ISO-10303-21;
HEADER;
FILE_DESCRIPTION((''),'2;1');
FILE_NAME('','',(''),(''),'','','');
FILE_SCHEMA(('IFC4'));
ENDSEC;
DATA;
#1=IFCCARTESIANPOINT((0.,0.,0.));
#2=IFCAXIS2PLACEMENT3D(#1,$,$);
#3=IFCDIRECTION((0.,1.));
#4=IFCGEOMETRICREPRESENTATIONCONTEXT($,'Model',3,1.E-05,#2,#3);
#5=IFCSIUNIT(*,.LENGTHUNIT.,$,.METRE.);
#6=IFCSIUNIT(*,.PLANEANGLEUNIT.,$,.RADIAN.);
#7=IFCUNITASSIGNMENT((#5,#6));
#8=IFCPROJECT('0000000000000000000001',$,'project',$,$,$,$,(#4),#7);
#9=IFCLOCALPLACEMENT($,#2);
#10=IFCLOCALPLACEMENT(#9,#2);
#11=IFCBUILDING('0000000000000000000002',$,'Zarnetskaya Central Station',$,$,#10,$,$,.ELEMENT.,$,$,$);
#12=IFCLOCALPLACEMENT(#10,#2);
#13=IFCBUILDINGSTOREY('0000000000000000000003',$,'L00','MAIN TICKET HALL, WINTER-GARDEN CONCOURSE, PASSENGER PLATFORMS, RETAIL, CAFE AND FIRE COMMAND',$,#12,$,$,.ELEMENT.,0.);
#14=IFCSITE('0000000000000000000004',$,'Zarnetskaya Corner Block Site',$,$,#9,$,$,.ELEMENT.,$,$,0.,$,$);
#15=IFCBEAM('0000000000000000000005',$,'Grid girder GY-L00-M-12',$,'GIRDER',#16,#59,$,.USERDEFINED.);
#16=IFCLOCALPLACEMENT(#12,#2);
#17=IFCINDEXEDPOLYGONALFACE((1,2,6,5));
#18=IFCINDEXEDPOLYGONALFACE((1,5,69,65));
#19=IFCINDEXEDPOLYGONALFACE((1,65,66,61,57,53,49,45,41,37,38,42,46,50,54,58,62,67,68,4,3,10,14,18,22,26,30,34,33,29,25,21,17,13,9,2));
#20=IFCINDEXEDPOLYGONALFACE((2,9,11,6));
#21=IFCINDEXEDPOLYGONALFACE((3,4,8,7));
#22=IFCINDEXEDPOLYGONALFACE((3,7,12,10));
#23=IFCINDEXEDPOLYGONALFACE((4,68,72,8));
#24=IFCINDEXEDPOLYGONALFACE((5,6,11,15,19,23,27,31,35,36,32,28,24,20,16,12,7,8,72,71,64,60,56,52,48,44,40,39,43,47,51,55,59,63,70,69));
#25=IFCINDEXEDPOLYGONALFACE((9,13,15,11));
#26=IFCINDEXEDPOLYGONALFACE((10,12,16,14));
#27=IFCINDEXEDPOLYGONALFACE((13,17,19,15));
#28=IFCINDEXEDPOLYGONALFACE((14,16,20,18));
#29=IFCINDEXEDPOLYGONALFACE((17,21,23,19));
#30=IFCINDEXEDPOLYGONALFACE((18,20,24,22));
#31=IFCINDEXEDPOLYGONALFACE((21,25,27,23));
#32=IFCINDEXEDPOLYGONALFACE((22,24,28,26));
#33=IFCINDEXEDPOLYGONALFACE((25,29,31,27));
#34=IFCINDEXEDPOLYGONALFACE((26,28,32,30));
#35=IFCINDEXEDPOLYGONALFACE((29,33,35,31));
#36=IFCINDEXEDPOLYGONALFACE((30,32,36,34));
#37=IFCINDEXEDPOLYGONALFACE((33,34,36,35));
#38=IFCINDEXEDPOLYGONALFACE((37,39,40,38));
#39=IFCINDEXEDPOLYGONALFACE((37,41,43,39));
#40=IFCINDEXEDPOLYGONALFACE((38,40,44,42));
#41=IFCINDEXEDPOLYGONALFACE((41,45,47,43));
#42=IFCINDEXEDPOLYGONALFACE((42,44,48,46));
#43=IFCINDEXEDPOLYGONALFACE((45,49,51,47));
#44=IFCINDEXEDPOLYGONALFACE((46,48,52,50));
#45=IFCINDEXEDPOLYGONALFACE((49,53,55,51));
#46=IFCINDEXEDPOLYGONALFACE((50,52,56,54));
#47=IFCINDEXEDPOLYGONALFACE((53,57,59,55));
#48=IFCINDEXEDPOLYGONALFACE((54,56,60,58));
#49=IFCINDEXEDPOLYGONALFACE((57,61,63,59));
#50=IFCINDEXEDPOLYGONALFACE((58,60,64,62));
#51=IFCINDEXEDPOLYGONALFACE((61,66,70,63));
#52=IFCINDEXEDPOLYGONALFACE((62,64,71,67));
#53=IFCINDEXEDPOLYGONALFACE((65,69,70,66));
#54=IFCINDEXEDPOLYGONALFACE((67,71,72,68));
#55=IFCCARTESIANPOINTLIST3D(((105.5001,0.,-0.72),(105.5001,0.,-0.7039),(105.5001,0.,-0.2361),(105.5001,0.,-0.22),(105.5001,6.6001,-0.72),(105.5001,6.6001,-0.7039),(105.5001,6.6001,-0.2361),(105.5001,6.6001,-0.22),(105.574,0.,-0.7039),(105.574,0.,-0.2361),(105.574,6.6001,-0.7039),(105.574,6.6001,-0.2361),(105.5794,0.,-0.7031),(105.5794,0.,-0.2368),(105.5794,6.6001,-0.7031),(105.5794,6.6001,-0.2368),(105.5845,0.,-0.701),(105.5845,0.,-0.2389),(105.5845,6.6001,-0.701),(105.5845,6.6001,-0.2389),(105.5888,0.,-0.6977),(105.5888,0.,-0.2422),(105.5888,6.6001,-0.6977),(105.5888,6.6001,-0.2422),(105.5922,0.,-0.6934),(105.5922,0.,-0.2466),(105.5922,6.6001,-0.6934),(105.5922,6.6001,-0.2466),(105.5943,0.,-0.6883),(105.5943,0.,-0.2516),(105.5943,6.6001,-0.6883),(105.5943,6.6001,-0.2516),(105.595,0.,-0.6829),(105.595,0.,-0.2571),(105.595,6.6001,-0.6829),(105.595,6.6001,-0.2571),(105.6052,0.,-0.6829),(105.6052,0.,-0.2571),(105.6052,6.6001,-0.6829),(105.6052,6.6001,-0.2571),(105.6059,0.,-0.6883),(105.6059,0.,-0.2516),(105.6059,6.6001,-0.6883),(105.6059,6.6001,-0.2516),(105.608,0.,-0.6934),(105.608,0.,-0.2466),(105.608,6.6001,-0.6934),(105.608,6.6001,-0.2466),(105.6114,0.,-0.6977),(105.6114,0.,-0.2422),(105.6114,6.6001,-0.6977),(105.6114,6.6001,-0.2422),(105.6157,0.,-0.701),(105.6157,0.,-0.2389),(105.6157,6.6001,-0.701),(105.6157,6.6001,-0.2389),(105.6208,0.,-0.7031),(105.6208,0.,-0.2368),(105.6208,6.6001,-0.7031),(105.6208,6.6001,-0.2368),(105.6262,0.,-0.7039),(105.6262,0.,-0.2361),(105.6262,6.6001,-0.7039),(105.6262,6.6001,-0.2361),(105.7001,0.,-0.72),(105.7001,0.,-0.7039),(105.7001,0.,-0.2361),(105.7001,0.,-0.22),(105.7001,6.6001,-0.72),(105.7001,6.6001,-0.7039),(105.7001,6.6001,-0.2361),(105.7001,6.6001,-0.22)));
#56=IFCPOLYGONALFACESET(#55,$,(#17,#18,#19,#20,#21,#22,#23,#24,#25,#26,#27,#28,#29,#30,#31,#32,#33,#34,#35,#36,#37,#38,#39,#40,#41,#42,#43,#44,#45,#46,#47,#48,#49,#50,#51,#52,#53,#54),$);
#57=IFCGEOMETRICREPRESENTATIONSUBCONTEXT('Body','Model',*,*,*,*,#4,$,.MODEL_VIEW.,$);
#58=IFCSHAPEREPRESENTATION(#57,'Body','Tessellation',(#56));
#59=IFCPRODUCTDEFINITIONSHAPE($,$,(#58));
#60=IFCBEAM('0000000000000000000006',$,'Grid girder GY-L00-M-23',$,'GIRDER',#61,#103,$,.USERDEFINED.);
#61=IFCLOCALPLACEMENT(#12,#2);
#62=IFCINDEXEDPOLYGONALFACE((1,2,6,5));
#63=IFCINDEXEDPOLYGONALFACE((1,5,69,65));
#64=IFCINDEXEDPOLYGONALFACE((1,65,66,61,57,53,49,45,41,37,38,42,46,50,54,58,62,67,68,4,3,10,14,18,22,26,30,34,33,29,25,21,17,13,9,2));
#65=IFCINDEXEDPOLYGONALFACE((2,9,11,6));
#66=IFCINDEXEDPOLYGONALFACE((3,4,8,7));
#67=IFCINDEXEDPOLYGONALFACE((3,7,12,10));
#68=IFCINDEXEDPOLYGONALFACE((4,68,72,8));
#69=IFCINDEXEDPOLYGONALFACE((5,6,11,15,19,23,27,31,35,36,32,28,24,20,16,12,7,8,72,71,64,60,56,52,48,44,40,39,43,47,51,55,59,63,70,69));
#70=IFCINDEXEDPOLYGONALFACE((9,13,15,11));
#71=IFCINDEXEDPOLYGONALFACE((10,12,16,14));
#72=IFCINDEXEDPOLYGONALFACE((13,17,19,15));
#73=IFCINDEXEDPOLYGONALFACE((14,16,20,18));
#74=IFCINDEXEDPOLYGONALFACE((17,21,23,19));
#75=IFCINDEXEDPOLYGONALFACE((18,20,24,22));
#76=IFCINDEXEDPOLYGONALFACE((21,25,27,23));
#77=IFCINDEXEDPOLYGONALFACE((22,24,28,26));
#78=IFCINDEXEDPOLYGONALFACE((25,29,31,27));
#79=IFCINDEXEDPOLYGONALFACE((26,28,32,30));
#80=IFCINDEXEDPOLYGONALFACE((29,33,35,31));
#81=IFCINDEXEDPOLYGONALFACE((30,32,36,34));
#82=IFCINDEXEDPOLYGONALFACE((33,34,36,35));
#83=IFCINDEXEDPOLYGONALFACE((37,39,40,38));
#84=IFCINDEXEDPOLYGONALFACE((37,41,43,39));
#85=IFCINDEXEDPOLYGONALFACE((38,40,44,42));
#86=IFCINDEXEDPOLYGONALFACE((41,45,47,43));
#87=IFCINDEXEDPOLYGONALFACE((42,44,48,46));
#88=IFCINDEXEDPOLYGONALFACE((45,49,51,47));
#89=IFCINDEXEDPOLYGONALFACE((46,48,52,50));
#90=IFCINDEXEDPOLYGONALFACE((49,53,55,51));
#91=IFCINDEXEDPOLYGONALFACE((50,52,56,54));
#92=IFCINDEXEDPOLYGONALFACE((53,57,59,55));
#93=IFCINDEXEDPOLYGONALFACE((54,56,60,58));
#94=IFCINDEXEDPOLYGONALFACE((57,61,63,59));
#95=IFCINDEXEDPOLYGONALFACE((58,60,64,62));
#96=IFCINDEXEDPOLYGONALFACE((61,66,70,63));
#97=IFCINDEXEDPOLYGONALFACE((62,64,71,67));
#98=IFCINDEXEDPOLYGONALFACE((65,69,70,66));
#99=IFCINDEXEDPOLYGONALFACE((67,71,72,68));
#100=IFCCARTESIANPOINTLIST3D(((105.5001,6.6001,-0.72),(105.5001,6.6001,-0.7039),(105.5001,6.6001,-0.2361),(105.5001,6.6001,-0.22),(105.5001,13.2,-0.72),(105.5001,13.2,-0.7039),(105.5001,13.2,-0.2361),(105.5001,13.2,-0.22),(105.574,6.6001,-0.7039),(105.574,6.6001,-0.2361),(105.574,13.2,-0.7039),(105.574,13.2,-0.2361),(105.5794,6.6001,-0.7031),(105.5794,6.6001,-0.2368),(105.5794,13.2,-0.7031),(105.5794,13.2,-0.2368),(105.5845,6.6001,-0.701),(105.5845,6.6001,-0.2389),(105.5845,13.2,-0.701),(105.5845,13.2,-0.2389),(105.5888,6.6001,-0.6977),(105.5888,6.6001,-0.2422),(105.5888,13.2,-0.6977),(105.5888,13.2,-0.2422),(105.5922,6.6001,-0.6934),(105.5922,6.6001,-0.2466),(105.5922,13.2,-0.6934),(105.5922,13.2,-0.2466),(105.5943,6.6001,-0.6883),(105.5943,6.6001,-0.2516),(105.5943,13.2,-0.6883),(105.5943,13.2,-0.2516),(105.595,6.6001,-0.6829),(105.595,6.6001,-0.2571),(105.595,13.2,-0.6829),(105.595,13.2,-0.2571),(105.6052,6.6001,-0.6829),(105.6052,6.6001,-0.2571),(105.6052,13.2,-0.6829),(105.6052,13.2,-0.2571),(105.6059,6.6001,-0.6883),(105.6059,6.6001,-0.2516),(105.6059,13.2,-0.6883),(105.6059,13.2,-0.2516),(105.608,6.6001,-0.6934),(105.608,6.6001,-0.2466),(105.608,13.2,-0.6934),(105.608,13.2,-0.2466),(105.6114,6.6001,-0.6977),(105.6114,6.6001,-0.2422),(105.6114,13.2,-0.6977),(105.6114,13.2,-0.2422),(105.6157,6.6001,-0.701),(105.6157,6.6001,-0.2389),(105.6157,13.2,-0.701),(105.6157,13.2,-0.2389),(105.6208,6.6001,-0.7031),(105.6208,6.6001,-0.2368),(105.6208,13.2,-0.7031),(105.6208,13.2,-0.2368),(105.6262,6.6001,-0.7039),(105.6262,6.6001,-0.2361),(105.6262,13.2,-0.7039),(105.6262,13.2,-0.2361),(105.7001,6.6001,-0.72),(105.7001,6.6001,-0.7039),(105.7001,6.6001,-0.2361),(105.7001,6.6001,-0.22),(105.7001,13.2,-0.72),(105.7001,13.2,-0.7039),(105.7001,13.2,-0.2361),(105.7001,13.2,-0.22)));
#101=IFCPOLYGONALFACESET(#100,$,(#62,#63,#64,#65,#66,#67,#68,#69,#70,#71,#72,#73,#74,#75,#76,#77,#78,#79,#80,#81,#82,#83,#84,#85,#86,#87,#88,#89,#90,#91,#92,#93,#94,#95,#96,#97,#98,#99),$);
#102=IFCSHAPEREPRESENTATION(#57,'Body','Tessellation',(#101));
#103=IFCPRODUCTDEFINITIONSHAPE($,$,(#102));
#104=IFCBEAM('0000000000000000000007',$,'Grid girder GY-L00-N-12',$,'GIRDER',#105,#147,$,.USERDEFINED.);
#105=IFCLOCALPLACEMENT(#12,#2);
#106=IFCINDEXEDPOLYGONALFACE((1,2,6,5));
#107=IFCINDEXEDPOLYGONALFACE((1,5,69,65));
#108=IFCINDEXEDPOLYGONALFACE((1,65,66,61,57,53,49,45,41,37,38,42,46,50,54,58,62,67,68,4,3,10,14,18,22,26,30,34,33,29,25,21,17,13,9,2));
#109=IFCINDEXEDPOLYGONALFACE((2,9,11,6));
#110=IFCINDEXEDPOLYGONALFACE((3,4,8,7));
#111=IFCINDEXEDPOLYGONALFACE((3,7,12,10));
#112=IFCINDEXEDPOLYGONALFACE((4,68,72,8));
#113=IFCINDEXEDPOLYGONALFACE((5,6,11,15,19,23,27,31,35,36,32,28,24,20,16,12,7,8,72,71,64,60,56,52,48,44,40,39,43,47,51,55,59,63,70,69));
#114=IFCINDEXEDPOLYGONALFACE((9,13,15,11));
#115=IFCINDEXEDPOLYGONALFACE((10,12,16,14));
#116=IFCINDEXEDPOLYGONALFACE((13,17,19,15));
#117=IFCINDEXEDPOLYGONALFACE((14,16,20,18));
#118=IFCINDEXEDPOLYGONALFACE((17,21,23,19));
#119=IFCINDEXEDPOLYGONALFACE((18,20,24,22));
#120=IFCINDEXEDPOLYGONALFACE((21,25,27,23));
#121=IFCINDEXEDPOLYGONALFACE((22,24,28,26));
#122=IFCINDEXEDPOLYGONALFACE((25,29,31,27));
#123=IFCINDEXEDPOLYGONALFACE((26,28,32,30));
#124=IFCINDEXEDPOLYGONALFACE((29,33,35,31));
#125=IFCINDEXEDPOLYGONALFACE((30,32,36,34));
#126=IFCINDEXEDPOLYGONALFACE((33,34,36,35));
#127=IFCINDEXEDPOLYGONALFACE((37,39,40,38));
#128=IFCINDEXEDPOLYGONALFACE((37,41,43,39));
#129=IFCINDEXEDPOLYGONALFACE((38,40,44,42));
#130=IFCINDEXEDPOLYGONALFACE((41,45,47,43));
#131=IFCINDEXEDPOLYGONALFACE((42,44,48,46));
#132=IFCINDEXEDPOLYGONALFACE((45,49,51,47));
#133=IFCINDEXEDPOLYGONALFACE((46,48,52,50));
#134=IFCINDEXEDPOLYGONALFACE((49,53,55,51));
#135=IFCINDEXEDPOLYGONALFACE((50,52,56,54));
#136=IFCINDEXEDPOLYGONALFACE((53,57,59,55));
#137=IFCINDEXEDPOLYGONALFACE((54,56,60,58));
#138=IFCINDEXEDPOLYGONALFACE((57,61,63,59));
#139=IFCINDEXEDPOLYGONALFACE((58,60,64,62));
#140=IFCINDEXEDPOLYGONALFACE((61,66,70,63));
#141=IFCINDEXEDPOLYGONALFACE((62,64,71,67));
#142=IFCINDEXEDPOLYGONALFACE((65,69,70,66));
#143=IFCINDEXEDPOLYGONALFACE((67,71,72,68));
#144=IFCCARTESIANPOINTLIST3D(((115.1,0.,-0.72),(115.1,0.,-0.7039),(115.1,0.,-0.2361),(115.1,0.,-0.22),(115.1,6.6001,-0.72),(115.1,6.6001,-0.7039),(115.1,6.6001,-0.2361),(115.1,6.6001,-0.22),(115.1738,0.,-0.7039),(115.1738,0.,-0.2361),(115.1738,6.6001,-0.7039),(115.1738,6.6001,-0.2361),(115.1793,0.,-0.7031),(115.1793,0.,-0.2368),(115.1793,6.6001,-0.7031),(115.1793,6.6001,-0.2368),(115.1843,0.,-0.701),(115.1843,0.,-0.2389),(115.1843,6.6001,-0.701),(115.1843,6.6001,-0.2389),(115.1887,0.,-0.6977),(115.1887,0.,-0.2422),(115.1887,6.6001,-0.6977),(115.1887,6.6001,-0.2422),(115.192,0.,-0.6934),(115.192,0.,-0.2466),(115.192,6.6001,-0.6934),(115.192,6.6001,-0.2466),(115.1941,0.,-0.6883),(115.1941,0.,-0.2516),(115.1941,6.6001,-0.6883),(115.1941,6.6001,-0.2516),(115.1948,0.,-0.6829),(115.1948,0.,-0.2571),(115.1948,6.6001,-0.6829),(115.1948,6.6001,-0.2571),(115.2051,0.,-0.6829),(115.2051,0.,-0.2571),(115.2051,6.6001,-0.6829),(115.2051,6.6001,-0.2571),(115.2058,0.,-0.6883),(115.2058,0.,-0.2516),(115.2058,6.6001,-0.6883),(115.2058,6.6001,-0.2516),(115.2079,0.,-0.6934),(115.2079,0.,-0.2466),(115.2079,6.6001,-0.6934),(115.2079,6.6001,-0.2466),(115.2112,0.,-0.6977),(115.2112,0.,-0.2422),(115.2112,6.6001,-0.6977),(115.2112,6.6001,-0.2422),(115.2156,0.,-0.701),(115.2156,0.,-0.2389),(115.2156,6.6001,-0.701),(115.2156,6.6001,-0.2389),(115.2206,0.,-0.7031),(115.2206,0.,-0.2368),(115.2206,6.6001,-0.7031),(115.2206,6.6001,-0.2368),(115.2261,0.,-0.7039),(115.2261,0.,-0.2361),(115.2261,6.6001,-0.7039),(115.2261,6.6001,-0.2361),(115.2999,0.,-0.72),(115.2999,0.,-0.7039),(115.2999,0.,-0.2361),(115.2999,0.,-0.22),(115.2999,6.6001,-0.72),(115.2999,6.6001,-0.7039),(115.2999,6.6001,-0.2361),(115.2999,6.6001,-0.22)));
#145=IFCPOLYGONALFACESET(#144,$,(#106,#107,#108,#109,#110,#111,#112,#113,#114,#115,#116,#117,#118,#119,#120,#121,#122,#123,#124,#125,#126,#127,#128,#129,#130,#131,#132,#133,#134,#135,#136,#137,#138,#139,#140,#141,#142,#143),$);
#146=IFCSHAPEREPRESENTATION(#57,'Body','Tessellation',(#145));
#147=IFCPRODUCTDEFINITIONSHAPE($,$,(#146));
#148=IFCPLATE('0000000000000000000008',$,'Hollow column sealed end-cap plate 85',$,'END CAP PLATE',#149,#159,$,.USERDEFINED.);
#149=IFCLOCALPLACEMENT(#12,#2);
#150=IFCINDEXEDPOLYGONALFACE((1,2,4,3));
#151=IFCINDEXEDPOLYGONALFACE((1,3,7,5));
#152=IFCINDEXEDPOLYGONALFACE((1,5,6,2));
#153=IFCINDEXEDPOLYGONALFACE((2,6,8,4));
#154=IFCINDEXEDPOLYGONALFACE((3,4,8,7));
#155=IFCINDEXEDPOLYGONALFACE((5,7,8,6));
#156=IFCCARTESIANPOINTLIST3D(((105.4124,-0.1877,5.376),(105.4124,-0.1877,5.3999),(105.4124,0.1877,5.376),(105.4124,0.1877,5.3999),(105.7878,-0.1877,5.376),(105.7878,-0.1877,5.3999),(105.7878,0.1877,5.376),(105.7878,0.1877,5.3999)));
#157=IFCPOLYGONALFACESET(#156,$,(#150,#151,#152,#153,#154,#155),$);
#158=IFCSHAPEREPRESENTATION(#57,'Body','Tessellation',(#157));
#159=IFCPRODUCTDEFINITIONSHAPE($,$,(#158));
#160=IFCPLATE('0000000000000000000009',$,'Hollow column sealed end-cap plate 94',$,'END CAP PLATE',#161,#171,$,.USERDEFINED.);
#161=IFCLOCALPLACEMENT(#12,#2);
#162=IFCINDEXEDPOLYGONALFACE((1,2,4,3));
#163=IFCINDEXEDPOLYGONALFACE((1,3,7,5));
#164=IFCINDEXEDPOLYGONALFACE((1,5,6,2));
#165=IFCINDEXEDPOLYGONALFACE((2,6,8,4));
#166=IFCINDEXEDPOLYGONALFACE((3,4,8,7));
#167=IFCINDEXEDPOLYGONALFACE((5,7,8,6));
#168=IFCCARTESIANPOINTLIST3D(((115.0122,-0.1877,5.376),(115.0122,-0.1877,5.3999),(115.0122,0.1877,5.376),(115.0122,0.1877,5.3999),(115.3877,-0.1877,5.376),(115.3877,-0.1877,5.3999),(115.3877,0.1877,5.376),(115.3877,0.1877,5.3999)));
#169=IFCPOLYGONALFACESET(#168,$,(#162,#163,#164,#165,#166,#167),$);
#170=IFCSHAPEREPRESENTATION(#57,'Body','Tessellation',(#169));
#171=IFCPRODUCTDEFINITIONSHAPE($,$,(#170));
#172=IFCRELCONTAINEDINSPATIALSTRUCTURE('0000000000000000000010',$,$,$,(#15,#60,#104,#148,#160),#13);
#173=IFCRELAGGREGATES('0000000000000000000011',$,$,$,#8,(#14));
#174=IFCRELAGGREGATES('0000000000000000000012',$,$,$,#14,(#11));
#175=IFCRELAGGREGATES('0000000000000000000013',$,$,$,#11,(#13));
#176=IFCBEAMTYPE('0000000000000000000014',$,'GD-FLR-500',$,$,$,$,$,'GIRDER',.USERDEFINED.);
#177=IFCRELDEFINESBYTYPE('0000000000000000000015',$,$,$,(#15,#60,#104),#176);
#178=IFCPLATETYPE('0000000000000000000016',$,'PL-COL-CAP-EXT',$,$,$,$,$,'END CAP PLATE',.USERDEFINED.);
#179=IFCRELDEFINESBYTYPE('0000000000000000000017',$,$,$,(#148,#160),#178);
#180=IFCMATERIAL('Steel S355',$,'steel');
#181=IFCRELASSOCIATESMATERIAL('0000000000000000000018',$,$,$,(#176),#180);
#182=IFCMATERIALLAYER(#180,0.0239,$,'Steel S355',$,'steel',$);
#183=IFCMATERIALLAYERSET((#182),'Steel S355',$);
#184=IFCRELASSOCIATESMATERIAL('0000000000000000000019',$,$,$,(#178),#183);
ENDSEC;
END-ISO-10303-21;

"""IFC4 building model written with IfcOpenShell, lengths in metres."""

from ifc_helpers import new_model, si_unit, direction, frame, origin, origin_2d, place, context, subcontext, project, spatial, rectangle, i_section, extrude, material, layer, layer_set, material_profile, profile_set, type_object, element, save


model = new_model("IFC4")

# Units and contexts
model_context = context("Model", 3, precision=1e-05, world=origin(), true_north=direction((0.0, 1.0)))
body_context = subcontext(model_context, "Body", "Model", "MODEL_VIEW")
ifc_project = project(units=[si_unit("LENGTHUNIT", "METRE"), si_unit("PLANEANGLEUNIT", "RADIAN")], contexts=[model_context])

# Site, building, storey
site_placement = place(None, origin())
site = spatial("IfcSite", under=ifc_project, at=site_placement, Name="Zarnetskaya Corner Block Site", CompositionType="ELEMENT", RefElevation=0.0)
building_placement = place(site_placement, origin())
building = spatial("IfcBuilding", under=site, at=building_placement, Name="Zarnetskaya Central Station", CompositionType="ELEMENT")
storey_placement = place(building_placement, origin())
storey = spatial("IfcBuildingStorey", under=building, at=storey_placement, Name="L00", Description="MAIN TICKET HALL, WINTER-GARDEN CONCOURSE, PASSENGER PLATFORMS, RETAIL, CAFE AND FIRE COMMAND", CompositionType="ELEMENT", Elevation=0.0)

# Shared definitions
ifc_material_1 = material(Name="Steel S355", Category="steel")

# Beams
ifc_material_profile_1 = material_profile(ifc_material_1, i_section(OverallWidth=0.2, OverallDepth=0.5, WebThickness=0.0103, FlangeThickness=0.0161, FilletRadius=0.021, at=origin_2d()), Name="IPE 500")
ifc_profile_set_1 = profile_set([ifc_material_profile_1], Name="Steel S355")
beam_type_1 = type_object("IfcBeamType", Name="GD-FLR-500", ElementType="GIRDER", PredefinedType="USERDEFINED", material=ifc_profile_set_1)
beam_1_placement = place(storey_placement, frame((105.6001, 0.0, -0.47), z_axis=(0.0, 1.0, 0.0), x_axis=(-1.0, 0.0, 0.0)))
element("IfcBeam", 1, at=beam_1_placement, inside=storey, type_object=beam_type_1, Name="Grid girder GY-L00-M-12", ObjectType="GIRDER", PredefinedType="USERDEFINED", context=body_context, shape_type="SweptSolid", body=[
    extrude(i_section(OverallWidth=0.2, OverallDepth=0.5, WebThickness=0.0103, FlangeThickness=0.0161, FilletRadius=0.021, at=origin_2d()), origin(), (0.0, 0.0, 1.0), 6.6001),
])
beam_2_placement = place(storey_placement, frame((105.6001, 6.6001, -0.47), z_axis=(0.0, 1.0, 0.0), x_axis=(-1.0, 0.0, 0.0)))
element("IfcBeam", 2, at=beam_2_placement, inside=storey, type_object=beam_type_1, Name="Grid girder GY-L00-M-23", ObjectType="GIRDER", PredefinedType="USERDEFINED", context=body_context, shape_type="SweptSolid", body=[
    extrude(i_section(OverallWidth=0.2, OverallDepth=0.5, WebThickness=0.0103, FlangeThickness=0.0161, FilletRadius=0.021, at=origin_2d()), origin(), (0.0, 0.0, 1.0), 6.5999),
])
beam_3_placement = place(storey_placement, frame((115.2, 0.0, -0.47), z_axis=(0.0, 1.0, 0.0), x_axis=(-1.0, 0.0, 0.0)))
element("IfcBeam", 3, at=beam_3_placement, inside=storey, type_object=beam_type_1, Name="Grid girder GY-L00-N-12", ObjectType="GIRDER", PredefinedType="USERDEFINED", context=body_context, shape_type="SweptSolid", body=[
    extrude(i_section(OverallWidth=0.2, OverallDepth=0.5, WebThickness=0.0103, FlangeThickness=0.0161, FilletRadius=0.021, at=origin_2d()), origin(), (0.0, 0.0, 1.0), 6.6001),
])

# Plates
ifc_layer_1 = layer(ifc_material_1, 0.0239, Name="Steel S355", Category="steel")
ifc_layer_set_1 = layer_set([ifc_layer_1], Name="Steel S355")
plate_type = type_object("IfcPlateType", Name="PL-COL-CAP-EXT", ElementType="END CAP PLATE", PredefinedType="USERDEFINED", material=ifc_layer_set_1)
for number, where, z_axis, x_axis, name in (
    (4, (105.6001, 0.0, 5.376), (0.0, 0.0, 1.0), (1.0, 0.0, 0.0), "Hollow column sealed end-cap plate 85"),
    (5, (115.2, 0.0, 5.376), (0.0, 0.0, 1.0), (1.0, 0.0, 0.0), "Hollow column sealed end-cap plate 94"),
):
    element("IfcPlate", number, at=place(storey_placement, frame(where, z_axis=z_axis, x_axis=x_axis)), inside=storey, type_object=plate_type, Name=name, ObjectType="END CAP PLATE", PredefinedType="USERDEFINED", context=body_context, shape_type="SweptSolid", body=[
        extrude(rectangle(XDim=0.3755, YDim=0.3755, at=origin_2d()), origin(), (0.0, 0.0, 1.0), 0.0239),
    ])

save(model, "model.ifc")
